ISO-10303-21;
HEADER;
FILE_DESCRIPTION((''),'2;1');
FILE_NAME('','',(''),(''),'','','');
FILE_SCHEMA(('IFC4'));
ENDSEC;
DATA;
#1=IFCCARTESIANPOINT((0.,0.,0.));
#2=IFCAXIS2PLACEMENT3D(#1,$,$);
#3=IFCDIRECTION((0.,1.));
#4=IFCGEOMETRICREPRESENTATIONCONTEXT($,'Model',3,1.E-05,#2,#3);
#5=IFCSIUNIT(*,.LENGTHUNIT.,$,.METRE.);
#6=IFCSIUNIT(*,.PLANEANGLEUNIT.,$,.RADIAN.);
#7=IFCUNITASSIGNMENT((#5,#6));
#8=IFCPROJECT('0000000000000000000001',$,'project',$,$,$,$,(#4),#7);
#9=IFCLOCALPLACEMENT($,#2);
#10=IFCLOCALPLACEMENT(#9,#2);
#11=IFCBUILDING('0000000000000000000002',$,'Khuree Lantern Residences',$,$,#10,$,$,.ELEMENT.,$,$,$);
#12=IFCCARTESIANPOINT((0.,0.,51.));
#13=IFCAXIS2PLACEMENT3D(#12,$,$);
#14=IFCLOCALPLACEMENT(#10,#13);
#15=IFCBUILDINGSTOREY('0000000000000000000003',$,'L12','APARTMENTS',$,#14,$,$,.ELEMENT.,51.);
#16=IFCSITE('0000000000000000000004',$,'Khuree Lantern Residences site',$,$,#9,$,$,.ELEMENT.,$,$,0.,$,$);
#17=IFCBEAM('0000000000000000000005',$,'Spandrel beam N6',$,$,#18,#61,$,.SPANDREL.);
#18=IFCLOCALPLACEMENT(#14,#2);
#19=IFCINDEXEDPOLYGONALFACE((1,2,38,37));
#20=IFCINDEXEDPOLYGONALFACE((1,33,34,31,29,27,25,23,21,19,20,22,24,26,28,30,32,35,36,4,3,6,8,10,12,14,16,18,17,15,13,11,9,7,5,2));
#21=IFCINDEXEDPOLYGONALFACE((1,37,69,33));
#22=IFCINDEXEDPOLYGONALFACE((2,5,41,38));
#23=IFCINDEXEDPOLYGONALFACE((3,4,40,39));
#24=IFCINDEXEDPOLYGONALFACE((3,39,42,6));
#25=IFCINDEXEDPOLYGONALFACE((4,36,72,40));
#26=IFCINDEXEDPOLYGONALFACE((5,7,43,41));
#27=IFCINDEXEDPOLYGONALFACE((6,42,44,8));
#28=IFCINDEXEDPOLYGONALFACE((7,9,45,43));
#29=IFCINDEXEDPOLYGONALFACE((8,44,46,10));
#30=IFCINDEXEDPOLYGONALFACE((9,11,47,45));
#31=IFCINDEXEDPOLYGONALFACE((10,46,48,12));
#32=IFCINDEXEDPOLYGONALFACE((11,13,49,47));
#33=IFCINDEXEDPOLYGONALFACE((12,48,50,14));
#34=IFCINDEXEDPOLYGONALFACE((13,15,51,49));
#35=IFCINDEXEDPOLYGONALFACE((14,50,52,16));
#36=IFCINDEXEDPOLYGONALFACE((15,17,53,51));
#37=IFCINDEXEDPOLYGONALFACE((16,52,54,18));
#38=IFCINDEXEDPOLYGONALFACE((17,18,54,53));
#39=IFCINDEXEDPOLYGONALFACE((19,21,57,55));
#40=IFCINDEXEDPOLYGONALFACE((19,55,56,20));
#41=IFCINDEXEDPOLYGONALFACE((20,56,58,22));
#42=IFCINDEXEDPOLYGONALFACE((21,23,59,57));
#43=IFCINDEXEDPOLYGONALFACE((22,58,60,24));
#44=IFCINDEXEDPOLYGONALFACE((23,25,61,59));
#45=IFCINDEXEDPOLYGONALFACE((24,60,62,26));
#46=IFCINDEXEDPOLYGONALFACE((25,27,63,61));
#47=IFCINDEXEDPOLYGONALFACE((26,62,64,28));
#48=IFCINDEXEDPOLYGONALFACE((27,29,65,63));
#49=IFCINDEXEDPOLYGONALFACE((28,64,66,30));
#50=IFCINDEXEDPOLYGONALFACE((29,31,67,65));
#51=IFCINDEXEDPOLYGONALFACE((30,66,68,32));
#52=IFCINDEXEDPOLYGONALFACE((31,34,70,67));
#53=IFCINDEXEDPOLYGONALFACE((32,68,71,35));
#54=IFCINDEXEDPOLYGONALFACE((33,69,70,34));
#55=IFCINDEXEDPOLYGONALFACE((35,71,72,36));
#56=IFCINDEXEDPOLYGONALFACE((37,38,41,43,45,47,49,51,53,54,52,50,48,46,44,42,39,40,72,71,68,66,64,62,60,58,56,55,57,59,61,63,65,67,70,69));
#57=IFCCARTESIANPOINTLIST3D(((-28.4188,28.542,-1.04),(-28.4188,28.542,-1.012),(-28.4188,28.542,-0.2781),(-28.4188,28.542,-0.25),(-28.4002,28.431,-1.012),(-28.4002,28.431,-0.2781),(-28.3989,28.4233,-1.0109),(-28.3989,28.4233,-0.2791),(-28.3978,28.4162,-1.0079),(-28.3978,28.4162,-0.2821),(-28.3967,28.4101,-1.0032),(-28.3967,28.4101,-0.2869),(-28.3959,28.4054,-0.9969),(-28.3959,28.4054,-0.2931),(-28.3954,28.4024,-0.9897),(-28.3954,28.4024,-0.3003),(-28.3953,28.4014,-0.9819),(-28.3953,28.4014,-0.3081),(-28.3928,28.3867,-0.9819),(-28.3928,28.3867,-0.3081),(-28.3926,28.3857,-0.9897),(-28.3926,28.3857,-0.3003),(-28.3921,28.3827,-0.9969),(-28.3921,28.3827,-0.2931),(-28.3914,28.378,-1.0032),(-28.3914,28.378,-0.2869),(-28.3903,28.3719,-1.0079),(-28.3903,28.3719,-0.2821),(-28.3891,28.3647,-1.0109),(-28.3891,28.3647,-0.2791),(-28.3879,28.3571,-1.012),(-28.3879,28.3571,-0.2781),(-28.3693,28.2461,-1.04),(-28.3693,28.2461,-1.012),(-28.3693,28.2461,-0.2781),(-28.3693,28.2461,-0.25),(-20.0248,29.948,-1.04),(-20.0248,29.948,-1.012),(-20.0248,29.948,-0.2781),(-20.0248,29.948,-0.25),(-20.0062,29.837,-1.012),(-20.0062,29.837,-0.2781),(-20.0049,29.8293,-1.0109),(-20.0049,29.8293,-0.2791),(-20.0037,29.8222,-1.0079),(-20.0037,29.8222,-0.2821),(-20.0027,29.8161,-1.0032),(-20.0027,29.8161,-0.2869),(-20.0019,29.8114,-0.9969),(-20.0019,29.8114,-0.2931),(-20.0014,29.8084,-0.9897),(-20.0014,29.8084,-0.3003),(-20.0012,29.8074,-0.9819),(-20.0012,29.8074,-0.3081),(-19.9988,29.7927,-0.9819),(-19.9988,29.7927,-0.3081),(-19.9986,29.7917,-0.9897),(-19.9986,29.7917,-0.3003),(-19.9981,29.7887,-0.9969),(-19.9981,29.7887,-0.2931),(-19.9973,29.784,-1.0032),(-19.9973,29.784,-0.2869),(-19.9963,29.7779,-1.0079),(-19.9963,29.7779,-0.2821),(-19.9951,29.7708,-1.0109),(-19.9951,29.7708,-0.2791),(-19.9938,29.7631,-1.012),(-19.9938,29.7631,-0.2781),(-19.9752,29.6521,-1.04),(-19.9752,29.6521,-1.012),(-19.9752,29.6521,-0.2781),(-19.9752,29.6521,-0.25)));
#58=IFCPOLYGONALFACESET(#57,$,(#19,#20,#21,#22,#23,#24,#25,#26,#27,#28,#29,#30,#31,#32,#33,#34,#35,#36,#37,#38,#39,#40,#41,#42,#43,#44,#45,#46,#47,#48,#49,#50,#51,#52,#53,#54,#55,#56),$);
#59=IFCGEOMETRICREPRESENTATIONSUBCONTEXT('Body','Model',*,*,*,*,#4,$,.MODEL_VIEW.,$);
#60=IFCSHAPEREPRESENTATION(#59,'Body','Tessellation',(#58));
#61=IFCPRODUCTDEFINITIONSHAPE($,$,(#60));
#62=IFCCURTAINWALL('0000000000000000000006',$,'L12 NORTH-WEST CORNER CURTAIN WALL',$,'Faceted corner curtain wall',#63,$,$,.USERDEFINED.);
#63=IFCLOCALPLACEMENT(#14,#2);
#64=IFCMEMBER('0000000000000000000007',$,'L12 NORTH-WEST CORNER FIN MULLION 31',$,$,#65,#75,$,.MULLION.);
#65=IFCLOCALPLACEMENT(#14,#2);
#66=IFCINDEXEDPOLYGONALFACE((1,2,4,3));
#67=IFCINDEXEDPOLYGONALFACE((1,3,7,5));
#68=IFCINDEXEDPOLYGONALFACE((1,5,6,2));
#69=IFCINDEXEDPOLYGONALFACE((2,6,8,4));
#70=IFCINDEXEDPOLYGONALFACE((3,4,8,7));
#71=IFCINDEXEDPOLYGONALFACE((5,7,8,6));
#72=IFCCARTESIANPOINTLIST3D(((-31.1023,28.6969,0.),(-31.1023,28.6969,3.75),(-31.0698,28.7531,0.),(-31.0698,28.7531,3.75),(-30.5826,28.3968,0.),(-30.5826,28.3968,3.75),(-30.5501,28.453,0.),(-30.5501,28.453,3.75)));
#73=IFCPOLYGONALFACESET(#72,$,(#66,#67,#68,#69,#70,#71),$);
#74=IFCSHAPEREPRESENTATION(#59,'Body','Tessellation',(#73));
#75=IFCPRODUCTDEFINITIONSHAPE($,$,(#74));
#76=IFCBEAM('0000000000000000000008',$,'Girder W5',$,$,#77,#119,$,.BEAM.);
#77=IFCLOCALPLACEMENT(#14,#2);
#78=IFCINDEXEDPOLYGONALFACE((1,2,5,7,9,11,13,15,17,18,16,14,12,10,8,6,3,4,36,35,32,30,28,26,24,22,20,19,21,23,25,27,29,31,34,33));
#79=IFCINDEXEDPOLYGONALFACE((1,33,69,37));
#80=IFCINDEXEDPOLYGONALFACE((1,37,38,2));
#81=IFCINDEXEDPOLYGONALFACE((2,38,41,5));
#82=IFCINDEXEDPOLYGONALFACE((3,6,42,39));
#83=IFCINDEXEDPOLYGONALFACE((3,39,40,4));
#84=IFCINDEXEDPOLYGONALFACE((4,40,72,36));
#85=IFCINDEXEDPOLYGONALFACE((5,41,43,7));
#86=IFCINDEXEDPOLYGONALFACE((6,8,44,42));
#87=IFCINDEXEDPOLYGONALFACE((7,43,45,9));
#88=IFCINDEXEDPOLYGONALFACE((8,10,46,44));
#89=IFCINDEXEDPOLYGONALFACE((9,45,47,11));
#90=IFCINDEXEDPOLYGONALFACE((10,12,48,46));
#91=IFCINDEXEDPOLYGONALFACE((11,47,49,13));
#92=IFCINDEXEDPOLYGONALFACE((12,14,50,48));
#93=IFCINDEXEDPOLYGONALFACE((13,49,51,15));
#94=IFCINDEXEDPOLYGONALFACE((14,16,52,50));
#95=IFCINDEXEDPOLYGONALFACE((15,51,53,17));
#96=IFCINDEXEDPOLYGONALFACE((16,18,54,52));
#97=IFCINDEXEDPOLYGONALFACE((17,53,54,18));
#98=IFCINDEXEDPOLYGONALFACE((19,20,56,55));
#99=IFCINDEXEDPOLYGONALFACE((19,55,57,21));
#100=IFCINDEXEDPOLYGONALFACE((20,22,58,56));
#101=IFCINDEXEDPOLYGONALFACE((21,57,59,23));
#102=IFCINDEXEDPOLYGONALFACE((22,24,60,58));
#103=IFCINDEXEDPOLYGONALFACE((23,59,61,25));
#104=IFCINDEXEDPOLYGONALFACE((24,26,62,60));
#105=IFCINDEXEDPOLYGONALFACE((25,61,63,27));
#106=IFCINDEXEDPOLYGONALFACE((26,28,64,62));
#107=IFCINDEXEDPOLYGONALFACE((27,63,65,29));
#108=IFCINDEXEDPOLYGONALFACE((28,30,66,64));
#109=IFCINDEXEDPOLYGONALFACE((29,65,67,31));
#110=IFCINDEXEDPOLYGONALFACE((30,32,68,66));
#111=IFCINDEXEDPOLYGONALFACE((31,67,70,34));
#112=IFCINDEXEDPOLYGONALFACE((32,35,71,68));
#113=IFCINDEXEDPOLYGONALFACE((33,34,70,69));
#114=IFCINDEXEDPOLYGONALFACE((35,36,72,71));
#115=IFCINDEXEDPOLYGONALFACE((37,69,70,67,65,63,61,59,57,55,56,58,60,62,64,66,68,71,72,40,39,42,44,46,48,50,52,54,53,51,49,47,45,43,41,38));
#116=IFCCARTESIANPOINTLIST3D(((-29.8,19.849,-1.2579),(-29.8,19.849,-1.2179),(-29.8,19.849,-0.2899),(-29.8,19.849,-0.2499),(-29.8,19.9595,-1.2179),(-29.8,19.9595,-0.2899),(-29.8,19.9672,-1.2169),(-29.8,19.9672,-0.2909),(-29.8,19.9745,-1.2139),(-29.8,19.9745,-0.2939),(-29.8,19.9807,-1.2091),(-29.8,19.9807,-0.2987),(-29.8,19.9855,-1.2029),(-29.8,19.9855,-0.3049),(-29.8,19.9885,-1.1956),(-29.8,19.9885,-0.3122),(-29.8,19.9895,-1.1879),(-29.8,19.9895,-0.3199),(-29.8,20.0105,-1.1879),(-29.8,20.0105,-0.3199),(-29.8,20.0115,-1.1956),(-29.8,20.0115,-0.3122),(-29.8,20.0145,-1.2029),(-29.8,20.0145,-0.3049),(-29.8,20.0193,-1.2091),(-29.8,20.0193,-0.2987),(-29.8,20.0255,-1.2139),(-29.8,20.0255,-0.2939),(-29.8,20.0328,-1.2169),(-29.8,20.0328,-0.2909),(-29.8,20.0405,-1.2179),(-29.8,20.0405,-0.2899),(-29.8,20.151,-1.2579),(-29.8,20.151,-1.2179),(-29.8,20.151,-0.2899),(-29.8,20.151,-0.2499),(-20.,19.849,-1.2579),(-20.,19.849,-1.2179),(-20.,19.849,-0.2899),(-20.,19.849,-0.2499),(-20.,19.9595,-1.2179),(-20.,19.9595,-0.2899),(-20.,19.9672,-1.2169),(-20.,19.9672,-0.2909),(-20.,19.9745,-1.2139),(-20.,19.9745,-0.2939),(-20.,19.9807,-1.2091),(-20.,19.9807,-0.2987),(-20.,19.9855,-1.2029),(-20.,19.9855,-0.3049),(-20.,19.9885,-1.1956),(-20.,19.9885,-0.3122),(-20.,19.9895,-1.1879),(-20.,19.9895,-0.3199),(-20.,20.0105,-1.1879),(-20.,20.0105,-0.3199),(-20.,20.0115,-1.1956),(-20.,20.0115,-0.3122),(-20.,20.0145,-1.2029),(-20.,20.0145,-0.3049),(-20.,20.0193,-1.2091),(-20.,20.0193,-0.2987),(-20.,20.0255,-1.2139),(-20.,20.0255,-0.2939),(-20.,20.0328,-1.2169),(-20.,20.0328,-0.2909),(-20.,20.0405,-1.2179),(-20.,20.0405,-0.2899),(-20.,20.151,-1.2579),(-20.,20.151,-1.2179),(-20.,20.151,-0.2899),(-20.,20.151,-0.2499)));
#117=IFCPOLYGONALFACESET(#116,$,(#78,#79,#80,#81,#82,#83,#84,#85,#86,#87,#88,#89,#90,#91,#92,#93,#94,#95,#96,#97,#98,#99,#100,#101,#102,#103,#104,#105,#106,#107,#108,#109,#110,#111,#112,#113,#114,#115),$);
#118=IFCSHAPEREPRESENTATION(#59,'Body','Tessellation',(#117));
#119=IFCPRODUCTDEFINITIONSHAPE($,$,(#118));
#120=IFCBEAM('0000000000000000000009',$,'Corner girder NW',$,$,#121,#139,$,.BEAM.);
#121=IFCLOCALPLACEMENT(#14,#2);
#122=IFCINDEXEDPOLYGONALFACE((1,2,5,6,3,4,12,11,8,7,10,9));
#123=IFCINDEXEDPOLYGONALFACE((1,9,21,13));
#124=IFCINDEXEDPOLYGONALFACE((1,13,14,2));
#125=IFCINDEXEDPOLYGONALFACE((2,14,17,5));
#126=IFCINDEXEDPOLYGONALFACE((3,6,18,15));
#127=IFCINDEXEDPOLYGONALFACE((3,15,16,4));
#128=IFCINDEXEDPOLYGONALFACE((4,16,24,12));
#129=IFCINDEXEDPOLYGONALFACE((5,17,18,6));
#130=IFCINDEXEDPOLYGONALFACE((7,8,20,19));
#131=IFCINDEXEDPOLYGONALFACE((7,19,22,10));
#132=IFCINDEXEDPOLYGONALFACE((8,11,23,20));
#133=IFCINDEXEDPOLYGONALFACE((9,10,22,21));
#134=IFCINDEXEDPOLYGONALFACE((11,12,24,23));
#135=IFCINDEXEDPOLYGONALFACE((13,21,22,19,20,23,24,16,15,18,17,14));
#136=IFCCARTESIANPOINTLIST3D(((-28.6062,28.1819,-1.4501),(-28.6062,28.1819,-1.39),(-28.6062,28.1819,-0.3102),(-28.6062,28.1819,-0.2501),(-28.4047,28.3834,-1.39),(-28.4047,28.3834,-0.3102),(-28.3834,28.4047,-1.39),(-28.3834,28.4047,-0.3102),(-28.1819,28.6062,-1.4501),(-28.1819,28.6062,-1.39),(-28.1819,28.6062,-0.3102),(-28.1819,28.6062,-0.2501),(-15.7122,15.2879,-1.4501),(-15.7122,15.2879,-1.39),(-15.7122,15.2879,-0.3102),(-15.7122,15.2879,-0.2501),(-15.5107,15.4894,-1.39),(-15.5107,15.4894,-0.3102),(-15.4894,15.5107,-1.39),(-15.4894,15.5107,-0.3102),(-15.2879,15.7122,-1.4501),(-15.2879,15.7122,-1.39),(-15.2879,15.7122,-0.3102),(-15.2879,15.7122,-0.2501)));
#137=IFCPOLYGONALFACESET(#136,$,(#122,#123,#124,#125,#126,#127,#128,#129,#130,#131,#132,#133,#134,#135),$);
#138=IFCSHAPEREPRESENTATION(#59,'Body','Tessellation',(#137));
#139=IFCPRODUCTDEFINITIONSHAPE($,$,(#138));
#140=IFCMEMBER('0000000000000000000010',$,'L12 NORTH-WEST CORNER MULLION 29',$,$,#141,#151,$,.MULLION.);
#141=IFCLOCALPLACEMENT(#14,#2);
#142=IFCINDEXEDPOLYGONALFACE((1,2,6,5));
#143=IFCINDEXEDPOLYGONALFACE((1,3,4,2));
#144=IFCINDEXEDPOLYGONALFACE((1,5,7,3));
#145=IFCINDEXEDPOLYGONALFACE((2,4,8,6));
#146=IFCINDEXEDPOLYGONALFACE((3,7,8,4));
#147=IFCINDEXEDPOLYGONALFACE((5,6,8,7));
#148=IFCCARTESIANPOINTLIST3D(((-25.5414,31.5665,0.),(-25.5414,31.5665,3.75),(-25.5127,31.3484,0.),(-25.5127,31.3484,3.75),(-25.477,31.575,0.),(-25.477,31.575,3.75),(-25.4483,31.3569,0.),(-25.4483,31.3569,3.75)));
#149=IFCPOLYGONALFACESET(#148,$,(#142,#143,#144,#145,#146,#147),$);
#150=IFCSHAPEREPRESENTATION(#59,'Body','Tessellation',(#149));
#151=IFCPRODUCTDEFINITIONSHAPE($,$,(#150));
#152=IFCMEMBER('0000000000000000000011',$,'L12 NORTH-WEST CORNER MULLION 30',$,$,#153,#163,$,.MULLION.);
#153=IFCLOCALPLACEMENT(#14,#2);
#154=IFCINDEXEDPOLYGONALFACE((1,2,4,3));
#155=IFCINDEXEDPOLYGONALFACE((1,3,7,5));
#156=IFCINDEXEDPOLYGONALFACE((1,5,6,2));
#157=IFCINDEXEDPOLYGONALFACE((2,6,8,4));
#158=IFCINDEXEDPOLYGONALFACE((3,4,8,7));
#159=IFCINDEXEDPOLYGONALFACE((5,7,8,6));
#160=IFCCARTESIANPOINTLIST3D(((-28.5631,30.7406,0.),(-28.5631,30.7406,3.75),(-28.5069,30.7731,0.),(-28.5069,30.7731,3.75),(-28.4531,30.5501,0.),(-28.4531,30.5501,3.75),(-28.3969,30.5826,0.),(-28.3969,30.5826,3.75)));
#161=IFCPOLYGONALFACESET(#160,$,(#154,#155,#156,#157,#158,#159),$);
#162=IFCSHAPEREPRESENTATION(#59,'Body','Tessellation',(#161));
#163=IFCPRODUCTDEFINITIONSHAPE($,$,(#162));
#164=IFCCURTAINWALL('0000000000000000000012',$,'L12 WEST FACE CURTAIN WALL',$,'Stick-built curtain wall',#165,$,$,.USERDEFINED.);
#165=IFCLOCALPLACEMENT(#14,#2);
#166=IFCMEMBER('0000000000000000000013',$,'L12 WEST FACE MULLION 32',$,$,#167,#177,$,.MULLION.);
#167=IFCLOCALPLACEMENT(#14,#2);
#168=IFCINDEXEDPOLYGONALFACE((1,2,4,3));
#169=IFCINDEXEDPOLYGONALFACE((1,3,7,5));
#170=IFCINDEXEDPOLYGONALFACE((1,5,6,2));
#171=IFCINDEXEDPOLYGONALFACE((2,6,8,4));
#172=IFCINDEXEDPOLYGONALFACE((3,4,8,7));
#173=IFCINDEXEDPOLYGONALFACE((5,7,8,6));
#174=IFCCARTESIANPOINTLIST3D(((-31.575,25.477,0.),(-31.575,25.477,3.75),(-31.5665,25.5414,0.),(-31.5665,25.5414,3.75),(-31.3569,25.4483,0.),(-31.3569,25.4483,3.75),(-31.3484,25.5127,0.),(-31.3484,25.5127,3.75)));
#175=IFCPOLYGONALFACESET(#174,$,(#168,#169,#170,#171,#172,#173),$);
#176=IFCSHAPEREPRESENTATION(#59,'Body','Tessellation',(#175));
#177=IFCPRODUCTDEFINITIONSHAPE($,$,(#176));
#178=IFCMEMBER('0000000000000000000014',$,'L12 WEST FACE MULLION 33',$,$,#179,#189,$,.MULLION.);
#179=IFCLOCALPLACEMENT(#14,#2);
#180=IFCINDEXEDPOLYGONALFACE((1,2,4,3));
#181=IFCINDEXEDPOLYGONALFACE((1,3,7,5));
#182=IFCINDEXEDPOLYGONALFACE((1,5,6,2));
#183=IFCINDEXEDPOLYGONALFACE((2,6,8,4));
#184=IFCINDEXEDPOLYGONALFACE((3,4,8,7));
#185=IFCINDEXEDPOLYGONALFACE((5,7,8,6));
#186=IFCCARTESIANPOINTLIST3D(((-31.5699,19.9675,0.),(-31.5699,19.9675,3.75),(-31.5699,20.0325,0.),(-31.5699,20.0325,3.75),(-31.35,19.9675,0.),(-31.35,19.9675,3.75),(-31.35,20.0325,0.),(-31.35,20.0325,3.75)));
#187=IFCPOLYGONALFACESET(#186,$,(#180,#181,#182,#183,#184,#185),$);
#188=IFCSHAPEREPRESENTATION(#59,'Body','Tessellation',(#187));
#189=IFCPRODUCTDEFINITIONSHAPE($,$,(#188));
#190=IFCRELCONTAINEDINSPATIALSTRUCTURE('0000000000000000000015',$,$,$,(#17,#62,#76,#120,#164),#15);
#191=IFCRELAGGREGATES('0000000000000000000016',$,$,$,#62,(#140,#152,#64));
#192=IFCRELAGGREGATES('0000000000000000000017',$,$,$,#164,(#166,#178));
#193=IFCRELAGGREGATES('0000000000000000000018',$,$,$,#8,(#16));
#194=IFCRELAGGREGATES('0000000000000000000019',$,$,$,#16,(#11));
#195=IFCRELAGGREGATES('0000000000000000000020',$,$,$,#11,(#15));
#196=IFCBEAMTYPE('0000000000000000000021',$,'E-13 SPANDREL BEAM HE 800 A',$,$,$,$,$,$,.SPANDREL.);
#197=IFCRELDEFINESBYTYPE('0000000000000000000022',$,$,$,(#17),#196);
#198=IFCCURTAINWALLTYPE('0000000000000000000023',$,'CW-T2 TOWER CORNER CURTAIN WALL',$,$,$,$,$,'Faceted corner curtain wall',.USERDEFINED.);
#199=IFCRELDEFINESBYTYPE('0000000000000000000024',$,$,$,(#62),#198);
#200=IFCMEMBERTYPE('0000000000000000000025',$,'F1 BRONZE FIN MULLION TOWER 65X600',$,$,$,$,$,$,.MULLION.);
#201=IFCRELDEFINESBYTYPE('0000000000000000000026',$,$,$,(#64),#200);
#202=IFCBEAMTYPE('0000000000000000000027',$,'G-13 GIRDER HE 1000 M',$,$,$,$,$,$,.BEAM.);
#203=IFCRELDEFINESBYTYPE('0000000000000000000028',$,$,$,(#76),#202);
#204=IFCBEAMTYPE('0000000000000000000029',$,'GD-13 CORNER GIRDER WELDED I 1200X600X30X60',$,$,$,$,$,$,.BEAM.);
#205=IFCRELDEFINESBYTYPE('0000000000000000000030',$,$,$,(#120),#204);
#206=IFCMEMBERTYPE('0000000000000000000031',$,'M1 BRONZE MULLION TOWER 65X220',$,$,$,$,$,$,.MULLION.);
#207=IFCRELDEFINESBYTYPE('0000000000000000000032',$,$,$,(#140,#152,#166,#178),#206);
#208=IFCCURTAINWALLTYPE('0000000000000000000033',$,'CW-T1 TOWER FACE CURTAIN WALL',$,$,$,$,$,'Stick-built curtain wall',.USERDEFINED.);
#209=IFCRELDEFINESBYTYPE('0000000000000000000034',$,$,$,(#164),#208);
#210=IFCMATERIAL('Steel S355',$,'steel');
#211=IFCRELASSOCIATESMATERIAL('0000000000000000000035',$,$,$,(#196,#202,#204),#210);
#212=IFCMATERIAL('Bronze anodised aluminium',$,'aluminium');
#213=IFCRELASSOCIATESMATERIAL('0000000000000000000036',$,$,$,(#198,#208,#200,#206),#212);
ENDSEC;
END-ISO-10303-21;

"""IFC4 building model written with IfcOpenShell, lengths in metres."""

from ifc_helpers import new_model, si_unit, direction, frame, origin, origin_2d, place, context, subcontext, project, spatial, rectangle, i_section, extrude, material, material_profile, profile_set, type_object, element, aggregate, save


model = new_model("IFC4")

# Units and contexts
model_context = context("Model", 3, precision=1e-05, world=origin(), true_north=direction((0.0, 1.0)))
body_context = subcontext(model_context, "Body", "Model", "MODEL_VIEW")
ifc_project = project(units=[si_unit("LENGTHUNIT", "METRE"), si_unit("PLANEANGLEUNIT", "RADIAN")], contexts=[model_context])

# Site, building, storey
site_placement = place(None, origin())
site = spatial("IfcSite", under=ifc_project, at=site_placement, Name="Khuree Lantern Residences site", CompositionType="ELEMENT", RefElevation=0.0)
building_placement = place(site_placement, origin())
building = spatial("IfcBuilding", under=site, at=building_placement, Name="Khuree Lantern Residences", CompositionType="ELEMENT")
storey_placement = place(building_placement, frame((0.0, 0.0, 51.0)))
storey = spatial("IfcBuildingStorey", under=building, at=storey_placement, Name="L12", Description="APARTMENTS", CompositionType="ELEMENT", Elevation=51.0)

# Beam
ifc_material_1 = material(Name="Steel S355", Category="steel")
ifc_material_profile_1 = material_profile(ifc_material_1, i_section(OverallWidth=0.3, OverallDepth=0.79, WebThickness=0.0149, FlangeThickness=0.0281, FilletRadius=0.03, at=origin_2d()), Name="HE 800 A")
ifc_profile_set_1 = profile_set([ifc_material_profile_1], Name="Steel S355")
beam_type_1 = type_object("IfcBeamType", Name="E-13 SPANDREL BEAM HE 800 A", PredefinedType="SPANDREL", material=ifc_profile_set_1)
for number, where, z_axis, x_axis, name in (
    (1, (-28.394, 28.394, -0.645), (0.98626, 0.165199, 0.0), (-0.165199, 0.98626, 0.0), "Spandrel beam N6"),
):
    element("IfcBeam", number, at=place(storey_placement, frame(where, z_axis=z_axis, x_axis=x_axis)), inside=storey, type_object=beam_type_1, Name=name, PredefinedType="SPANDREL", context=body_context, shape_type="SweptSolid", body=[
        extrude(i_section(OverallWidth=0.3, OverallDepth=0.79, WebThickness=0.0149, FlangeThickness=0.0281, FilletRadius=0.03, at=origin_2d()), origin(), (0.0, 0.0, 1.0), 8.511),
    ])

# Curtain wall, member
ifc_material_2 = material(Name="Bronze anodised aluminium", Category="aluminium")
curtain_wall_type_1 = type_object("IfcCurtainWallType", Name="CW-T2 TOWER CORNER CURTAIN WALL", ElementType="Faceted corner curtain wall", PredefinedType="USERDEFINED", material=ifc_material_2)
curtain_wall_1_placement = place(storey_placement, origin())
curtain_wall_1 = element("IfcCurtainWall", 2, at=curtain_wall_1_placement, inside=storey, type_object=curtain_wall_type_1, Name="L12 NORTH-WEST CORNER CURTAIN WALL", ObjectType="Faceted corner curtain wall", PredefinedType="USERDEFINED")
ifc_material_profile_2 = material_profile(ifc_material_2, rectangle(XDim=0.0649, YDim=0.6001, at=origin_2d()), Name="F1 65X600")
ifc_profile_set_2 = profile_set([ifc_material_profile_2], Name="Bronze anodised aluminium")
member_type_1 = type_object("IfcMemberType", Name="F1 BRONZE FIN MULLION TOWER 65X600", PredefinedType="MULLION", material=ifc_profile_set_2)
member_1_placement = place(storey_placement, frame((-30.8262, 28.575, 0.0), z_axis=(0.0, 0.0, 1.0), x_axis=(-0.5, -0.866025, 0.0)))
member_1 = element("IfcMember", 3, at=member_1_placement, type_object=member_type_1, Name="L12 NORTH-WEST CORNER FIN MULLION 31", PredefinedType="MULLION", context=body_context, shape_type="SweptSolid", body=[
    extrude(rectangle(XDim=0.0649, YDim=0.6001, at=origin_2d()), origin(), (0.0, 0.0, 1.0), 3.75),
])

# Beams
ifc_material_profile_3 = material_profile(ifc_material_1, i_section(OverallWidth=0.302, OverallDepth=1.0081, WebThickness=0.021, FlangeThickness=0.04, FilletRadius=0.03, at=origin_2d()), Name="HE 1000 M")
ifc_profile_set_3 = profile_set([ifc_material_profile_3], Name="Steel S355")
beam_type_2 = type_object("IfcBeamType", Name="G-13 GIRDER HE 1000 M", PredefinedType="BEAM", material=ifc_profile_set_3)
beam_1_placement = place(storey_placement, frame((-29.8, 20.0, -0.7539), z_axis=(1.0, 0.0, 0.0), x_axis=(0.0, 1.0, 0.0)))
element("IfcBeam", 4, at=beam_1_placement, inside=storey, type_object=beam_type_2, Name="Girder W5", PredefinedType="BEAM", context=body_context, shape_type="SweptSolid", body=[
    extrude(i_section(OverallWidth=0.302, OverallDepth=1.0081, WebThickness=0.021, FlangeThickness=0.04, FilletRadius=0.03, at=origin_2d()), origin(), (0.0, 0.0, 1.0), 9.8),
])
ifc_material_profile_4 = material_profile(ifc_material_1, i_section(OverallWidth=0.6001, OverallDepth=1.2, WebThickness=0.03, FlangeThickness=0.0601, at=origin_2d()), Name="WELDED I 1200X600X30X60")
ifc_profile_set_4 = profile_set([ifc_material_profile_4], Name="Steel S355")
beam_type_3 = type_object("IfcBeamType", Name="GD-13 CORNER GIRDER WELDED I 1200X600X30X60", PredefinedType="BEAM", material=ifc_profile_set_4)
beam_2_placement = place(storey_placement, frame((-28.394, 28.394, -0.8501), z_axis=(0.707107, -0.707107, 0.0), x_axis=(0.707107, 0.707107, 0.0)))
element("IfcBeam", 5, at=beam_2_placement, inside=storey, type_object=beam_type_3, Name="Corner girder NW", PredefinedType="BEAM", context=body_context, shape_type="SweptSolid", body=[
    extrude(i_section(OverallWidth=0.6001, OverallDepth=1.2, WebThickness=0.03, FlangeThickness=0.0601, at=origin_2d()), origin(), (0.0, 0.0, 1.0), 18.2349),
])

# Members
ifc_material_profile_5 = material_profile(ifc_material_2, rectangle(XDim=0.0649, YDim=0.22, at=origin_2d()), Name="M1 65X220")
ifc_profile_set_5 = profile_set([ifc_material_profile_5], Name="Bronze anodised aluminium")
member_type_2 = type_object("IfcMemberType", Name="M1 BRONZE MULLION TOWER 65X220", PredefinedType="MULLION", material=ifc_profile_set_5)
member_2_placement = place(storey_placement, frame((-25.4949, 31.4617, 0.0), z_axis=(0.0, 0.0, 1.0), x_axis=(-0.991445, -0.130526, 0.0)))
member_2 = element("IfcMember", 6, at=member_2_placement, type_object=member_type_2, Name="L12 NORTH-WEST CORNER MULLION 29", PredefinedType="MULLION", context=body_context, shape_type="SweptSolid", body=[
    extrude(rectangle(XDim=0.0649, YDim=0.22, at=origin_2d()), origin(), (0.0, 0.0, 1.0), 3.75),
])
member_3_placement = place(storey_placement, frame((-28.48, 30.6616, 0.0), z_axis=(0.0, 0.0, 1.0), x_axis=(-0.866025, -0.5, 0.0)))
member_3 = element("IfcMember", 7, at=member_3_placement, type_object=member_type_2, Name="L12 NORTH-WEST CORNER MULLION 30", PredefinedType="MULLION", context=body_context, shape_type="SweptSolid", body=[
    extrude(rectangle(XDim=0.0649, YDim=0.22, at=origin_2d()), origin(), (0.0, 0.0, 1.0), 3.75),
])

# Curtain wall, members
curtain_wall_type_2 = type_object("IfcCurtainWallType", Name="CW-T1 TOWER FACE CURTAIN WALL", ElementType="Stick-built curtain wall", PredefinedType="USERDEFINED", material=ifc_material_2)
curtain_wall_2_placement = place(storey_placement, origin())
curtain_wall_2 = element("IfcCurtainWall", 8, at=curtain_wall_2_placement, inside=storey, type_object=curtain_wall_type_2, Name="L12 WEST FACE CURTAIN WALL", ObjectType="Stick-built curtain wall", PredefinedType="USERDEFINED")
member_4_placement = place(storey_placement, frame((-31.4617, 25.4949, 0.0), z_axis=(0.0, 0.0, 1.0), x_axis=(-0.130526, -0.991445, 0.0)))
member_4 = element("IfcMember", 9, at=member_4_placement, type_object=member_type_2, Name="L12 WEST FACE MULLION 32", PredefinedType="MULLION", context=body_context, shape_type="SweptSolid", body=[
    extrude(rectangle(XDim=0.0649, YDim=0.22, at=origin_2d()), origin(), (0.0, 0.0, 1.0), 3.75),
])
member_5_placement = place(storey_placement, frame((-31.46, 20.0, 0.0), z_axis=(0.0, 0.0, 1.0), x_axis=(0.0, -1.0, 0.0)))
member_5 = element("IfcMember", 10, at=member_5_placement, type_object=member_type_2, Name="L12 WEST FACE MULLION 33", PredefinedType="MULLION", context=body_context, shape_type="SweptSolid", body=[
    extrude(rectangle(XDim=0.0649, YDim=0.22, at=origin_2d()), origin(), (0.0, 0.0, 1.0), 3.75),
])

aggregate(curtain_wall_1, [member_2, member_3, member_1])
aggregate(curtain_wall_2, [member_4, member_5])

save(model, "model.ifc")
